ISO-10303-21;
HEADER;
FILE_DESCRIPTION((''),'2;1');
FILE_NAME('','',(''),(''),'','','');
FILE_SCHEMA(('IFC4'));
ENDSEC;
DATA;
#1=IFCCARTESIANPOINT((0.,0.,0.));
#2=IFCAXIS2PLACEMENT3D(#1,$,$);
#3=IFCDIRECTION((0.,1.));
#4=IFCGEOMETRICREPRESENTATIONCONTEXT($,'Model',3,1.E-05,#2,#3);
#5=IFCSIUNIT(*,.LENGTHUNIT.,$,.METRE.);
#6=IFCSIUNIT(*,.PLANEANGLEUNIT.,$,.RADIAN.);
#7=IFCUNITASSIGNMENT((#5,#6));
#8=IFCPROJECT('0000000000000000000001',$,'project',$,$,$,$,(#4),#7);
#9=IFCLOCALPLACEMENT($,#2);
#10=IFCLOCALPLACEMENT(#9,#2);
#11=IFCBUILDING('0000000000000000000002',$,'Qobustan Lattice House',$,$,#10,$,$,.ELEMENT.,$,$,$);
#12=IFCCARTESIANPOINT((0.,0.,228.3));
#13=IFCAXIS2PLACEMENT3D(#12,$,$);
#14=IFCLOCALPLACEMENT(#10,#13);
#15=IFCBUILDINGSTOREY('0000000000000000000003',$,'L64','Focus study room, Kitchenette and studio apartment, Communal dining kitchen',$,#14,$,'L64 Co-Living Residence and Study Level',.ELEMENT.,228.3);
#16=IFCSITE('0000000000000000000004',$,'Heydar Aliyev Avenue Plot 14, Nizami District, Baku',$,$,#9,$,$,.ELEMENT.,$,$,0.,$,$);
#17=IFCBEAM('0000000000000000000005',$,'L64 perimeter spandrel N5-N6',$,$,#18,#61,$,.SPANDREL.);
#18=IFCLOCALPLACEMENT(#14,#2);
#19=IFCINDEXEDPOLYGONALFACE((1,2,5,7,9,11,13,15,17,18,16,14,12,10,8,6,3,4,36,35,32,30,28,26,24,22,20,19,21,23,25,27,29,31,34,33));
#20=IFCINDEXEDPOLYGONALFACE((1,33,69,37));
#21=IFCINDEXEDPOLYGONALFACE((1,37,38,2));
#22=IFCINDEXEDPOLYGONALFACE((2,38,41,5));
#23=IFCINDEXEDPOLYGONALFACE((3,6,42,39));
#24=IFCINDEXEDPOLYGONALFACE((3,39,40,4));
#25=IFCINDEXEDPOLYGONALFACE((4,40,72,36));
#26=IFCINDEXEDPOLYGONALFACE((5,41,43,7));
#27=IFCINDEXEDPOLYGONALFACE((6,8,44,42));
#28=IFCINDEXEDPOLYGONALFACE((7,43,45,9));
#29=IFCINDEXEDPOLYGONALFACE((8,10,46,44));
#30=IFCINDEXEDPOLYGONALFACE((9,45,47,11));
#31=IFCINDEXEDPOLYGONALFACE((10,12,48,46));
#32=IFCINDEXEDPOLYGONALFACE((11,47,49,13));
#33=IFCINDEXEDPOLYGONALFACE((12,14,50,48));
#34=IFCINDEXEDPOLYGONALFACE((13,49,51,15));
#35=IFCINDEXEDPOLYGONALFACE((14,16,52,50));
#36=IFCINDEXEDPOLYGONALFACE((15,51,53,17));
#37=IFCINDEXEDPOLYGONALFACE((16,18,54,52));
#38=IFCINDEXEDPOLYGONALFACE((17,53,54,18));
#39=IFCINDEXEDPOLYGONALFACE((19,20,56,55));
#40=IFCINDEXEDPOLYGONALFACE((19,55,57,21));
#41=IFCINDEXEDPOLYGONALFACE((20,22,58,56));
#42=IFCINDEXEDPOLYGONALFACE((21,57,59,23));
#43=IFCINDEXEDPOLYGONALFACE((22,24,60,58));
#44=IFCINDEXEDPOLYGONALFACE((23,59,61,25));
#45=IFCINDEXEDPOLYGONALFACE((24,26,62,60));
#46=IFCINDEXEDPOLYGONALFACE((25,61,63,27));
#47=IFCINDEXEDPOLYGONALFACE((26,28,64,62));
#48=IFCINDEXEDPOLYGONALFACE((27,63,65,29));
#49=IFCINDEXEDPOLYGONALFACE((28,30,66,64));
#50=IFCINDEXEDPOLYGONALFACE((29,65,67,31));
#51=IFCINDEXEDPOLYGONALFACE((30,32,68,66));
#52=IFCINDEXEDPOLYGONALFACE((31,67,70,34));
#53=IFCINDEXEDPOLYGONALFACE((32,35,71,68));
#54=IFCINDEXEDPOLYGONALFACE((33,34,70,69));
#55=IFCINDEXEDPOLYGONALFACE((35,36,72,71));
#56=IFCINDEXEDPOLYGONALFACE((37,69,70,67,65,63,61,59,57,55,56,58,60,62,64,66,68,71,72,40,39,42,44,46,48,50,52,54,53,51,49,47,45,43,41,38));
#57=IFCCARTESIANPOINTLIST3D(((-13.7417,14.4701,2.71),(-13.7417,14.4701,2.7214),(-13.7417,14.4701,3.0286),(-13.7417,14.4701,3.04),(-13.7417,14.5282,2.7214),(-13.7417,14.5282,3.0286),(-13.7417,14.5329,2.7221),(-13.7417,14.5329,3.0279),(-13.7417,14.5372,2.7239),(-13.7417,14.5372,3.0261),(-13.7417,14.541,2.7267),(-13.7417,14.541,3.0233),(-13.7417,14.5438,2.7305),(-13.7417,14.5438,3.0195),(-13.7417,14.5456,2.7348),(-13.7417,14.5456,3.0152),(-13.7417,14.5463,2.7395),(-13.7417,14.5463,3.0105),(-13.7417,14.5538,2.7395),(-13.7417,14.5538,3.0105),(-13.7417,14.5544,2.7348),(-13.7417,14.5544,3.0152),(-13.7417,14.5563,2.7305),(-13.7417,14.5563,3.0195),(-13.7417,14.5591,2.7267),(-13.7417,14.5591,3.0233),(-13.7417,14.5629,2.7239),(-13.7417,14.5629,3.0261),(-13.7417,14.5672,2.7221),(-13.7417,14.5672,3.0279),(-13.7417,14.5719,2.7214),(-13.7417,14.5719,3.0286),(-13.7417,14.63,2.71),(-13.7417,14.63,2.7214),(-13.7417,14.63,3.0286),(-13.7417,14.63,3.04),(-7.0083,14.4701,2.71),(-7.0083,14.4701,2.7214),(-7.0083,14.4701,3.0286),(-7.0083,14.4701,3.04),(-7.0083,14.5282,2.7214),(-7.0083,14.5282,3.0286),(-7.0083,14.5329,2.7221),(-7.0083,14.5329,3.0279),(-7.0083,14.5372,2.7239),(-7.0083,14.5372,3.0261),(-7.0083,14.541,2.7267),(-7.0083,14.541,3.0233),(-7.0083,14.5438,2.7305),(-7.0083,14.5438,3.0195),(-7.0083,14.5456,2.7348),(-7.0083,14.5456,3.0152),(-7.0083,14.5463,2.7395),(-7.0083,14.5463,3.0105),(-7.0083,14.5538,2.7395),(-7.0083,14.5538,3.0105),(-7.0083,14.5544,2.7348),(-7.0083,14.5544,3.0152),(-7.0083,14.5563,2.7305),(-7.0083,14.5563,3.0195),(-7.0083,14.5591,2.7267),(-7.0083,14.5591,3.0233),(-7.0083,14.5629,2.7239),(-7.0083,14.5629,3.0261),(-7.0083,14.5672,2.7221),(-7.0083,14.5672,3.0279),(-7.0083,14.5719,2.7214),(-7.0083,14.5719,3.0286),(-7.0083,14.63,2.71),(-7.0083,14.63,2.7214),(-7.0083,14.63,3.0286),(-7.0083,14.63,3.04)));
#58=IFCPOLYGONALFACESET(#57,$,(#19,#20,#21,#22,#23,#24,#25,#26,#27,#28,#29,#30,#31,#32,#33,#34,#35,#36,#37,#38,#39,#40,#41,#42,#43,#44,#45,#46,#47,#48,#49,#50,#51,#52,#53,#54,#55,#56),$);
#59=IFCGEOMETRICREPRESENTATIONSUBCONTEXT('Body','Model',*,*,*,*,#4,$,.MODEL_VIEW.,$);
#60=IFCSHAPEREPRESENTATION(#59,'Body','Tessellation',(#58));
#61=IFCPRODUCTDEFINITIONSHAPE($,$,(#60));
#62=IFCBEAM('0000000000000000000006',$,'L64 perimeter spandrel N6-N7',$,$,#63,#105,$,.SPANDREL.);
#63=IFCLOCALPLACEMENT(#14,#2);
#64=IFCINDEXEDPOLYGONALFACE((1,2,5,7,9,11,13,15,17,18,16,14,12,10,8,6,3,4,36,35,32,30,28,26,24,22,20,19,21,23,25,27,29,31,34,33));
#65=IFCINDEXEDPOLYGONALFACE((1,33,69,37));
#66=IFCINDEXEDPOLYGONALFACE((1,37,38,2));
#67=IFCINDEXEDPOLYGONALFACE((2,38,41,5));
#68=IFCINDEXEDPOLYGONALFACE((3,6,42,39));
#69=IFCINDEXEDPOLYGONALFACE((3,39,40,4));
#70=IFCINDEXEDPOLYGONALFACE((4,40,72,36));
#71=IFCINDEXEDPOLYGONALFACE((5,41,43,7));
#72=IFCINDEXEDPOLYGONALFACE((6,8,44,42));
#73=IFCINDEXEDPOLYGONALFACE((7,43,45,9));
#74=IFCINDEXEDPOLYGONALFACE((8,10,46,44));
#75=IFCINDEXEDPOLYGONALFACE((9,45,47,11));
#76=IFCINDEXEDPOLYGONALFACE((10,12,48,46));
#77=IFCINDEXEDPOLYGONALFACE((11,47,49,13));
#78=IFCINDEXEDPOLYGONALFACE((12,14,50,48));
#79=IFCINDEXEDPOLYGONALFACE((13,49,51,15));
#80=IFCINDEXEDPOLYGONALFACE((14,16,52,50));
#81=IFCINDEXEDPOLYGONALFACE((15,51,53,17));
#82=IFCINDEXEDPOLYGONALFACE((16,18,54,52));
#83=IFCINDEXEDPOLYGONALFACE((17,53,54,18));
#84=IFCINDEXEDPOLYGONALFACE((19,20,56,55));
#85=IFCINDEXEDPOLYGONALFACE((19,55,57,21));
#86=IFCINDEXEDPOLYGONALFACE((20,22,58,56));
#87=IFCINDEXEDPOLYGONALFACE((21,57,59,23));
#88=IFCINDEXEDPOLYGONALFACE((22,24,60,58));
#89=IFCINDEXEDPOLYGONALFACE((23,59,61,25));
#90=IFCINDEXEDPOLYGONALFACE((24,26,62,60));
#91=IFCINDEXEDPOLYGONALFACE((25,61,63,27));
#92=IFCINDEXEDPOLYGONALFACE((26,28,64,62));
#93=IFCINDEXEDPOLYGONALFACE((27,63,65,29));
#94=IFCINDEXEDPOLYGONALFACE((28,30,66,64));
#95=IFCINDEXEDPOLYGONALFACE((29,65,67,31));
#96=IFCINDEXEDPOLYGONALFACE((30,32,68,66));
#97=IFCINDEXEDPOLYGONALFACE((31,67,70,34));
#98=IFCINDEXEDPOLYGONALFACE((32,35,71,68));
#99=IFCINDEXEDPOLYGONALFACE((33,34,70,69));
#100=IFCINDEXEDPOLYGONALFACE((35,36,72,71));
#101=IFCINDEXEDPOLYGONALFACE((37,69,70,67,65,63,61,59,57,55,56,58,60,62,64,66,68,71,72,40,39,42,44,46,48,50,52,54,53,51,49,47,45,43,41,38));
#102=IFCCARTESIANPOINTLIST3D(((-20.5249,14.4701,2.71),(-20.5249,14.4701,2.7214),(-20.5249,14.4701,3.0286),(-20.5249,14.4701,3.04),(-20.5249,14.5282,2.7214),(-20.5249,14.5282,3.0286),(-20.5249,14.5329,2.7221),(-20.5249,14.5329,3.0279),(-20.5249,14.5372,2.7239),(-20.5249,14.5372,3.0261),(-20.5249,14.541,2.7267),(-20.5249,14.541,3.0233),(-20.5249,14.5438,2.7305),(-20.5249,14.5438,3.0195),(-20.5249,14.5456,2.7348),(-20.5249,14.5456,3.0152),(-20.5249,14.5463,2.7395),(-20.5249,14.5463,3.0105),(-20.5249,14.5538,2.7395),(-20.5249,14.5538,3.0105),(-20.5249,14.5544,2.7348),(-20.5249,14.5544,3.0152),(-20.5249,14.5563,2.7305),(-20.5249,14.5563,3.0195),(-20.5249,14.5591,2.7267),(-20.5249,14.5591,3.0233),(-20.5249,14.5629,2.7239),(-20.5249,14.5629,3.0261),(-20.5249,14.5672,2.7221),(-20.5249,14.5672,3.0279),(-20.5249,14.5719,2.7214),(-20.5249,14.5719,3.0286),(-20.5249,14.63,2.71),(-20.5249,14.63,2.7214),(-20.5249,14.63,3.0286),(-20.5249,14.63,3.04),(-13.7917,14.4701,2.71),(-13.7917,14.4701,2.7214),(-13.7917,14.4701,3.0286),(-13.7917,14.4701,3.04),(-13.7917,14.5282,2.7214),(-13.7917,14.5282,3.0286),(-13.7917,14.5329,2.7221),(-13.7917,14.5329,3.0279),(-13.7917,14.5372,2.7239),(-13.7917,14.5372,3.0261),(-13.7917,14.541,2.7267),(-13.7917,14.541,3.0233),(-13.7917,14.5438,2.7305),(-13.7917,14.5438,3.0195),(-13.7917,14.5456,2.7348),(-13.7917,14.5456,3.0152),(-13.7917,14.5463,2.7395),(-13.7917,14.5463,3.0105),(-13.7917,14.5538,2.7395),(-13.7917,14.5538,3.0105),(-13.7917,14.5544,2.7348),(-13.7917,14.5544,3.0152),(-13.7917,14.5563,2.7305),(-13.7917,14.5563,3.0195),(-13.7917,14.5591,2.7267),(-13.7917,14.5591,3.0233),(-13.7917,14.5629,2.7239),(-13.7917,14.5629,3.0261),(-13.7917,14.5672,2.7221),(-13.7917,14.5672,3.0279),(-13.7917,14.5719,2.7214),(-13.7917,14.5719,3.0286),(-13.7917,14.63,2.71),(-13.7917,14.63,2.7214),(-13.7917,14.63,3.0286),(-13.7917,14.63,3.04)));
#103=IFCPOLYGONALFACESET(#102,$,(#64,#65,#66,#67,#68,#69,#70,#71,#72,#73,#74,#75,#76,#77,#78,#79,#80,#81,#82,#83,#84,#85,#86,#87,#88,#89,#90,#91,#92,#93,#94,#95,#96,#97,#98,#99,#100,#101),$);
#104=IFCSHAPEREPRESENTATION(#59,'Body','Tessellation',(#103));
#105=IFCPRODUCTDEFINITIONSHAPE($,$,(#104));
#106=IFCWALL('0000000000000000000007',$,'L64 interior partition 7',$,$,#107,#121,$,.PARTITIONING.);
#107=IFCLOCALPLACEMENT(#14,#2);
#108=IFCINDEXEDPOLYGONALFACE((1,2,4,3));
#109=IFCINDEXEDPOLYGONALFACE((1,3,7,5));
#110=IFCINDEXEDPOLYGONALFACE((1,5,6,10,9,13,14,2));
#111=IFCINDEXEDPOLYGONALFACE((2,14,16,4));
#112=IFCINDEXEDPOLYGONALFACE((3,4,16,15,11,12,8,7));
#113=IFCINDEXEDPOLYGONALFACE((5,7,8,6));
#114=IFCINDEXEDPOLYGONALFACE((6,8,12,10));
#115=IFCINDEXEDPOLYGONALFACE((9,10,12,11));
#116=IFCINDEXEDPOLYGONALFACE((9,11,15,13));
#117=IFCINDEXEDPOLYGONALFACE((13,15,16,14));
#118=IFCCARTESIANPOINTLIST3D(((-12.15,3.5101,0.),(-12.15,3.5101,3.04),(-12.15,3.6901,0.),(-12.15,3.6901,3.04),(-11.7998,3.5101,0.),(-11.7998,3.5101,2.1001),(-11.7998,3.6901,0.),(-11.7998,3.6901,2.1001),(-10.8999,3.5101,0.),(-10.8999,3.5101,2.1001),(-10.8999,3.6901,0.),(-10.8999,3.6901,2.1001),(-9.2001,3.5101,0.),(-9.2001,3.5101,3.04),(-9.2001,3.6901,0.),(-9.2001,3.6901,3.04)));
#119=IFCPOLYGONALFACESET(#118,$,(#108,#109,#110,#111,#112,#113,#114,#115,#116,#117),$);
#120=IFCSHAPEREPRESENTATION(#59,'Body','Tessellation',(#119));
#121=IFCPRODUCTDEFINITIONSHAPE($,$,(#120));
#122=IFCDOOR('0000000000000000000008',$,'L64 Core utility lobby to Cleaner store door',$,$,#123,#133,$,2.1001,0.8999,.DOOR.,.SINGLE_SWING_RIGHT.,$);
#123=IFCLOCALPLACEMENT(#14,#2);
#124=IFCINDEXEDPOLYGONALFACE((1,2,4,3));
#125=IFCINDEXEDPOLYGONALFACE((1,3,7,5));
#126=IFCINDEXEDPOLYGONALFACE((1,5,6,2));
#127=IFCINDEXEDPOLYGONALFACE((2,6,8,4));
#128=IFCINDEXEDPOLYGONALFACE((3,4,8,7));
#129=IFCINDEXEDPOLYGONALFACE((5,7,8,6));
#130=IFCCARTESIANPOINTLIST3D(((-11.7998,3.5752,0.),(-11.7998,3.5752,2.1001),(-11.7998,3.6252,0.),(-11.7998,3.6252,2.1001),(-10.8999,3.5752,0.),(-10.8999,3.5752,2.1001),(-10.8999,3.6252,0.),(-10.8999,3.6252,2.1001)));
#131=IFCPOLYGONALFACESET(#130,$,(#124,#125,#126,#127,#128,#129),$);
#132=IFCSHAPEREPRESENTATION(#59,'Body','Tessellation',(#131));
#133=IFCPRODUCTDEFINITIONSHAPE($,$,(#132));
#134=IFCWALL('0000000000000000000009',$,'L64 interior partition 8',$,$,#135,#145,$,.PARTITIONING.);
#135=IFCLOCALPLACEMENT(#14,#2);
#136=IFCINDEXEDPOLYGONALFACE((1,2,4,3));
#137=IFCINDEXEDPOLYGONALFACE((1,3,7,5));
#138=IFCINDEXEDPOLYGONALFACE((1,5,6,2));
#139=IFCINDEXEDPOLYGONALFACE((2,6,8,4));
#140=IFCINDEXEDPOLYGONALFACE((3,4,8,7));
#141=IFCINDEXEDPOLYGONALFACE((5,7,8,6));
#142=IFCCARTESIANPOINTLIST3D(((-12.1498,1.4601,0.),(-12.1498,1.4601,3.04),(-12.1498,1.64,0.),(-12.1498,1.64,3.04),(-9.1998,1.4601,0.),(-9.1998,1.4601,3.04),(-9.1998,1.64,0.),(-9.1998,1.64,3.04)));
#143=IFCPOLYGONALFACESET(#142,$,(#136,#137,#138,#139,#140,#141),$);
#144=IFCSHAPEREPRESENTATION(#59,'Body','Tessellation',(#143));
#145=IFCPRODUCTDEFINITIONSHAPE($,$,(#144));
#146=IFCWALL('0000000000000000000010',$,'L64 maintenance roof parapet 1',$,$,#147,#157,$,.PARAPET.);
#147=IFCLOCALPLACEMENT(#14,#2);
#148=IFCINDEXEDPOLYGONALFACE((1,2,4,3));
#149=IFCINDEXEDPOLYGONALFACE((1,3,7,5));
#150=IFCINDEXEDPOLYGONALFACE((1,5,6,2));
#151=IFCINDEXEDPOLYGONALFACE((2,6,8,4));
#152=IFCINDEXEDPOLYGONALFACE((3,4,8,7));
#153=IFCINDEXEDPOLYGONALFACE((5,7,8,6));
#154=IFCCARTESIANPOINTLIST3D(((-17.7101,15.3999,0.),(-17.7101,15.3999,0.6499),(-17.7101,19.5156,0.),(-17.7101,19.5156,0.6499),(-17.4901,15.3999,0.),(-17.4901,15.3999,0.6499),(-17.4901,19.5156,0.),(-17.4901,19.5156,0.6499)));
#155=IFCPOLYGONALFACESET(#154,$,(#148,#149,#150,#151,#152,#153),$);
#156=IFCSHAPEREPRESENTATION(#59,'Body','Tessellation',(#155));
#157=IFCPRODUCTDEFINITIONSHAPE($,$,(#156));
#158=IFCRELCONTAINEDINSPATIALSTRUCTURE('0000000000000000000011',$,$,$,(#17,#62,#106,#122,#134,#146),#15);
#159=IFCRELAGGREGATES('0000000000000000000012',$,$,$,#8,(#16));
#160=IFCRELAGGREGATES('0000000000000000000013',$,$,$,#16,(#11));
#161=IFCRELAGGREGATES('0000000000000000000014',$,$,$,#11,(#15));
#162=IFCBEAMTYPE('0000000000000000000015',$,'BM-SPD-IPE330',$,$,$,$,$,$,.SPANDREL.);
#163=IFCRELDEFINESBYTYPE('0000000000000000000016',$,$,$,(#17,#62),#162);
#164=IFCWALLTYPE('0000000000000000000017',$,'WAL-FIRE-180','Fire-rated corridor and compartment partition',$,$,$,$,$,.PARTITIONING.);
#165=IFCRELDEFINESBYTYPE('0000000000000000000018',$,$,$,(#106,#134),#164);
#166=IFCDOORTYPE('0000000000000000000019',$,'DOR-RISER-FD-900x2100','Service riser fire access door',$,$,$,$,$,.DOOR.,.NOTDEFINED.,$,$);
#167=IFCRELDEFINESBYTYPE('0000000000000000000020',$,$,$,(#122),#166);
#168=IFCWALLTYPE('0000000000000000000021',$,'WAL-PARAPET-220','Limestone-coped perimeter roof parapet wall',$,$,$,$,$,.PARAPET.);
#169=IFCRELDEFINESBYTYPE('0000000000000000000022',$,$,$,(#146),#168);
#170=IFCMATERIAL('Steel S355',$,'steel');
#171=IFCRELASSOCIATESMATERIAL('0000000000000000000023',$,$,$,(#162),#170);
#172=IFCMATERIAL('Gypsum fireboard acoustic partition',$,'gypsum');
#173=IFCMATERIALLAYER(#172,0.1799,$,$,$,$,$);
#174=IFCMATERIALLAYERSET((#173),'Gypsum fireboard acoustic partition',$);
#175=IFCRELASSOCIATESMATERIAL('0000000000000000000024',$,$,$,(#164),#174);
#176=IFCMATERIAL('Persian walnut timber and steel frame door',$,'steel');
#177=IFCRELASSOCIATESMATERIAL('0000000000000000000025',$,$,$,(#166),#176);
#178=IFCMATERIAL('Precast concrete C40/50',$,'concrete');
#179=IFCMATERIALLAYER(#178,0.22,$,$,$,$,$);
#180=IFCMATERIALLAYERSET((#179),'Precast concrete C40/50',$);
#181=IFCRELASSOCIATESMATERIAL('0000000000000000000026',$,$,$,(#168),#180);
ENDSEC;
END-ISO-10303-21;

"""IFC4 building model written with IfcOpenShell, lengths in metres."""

from ifc_helpers import new_model, si_unit, direction, frame, frame_2d, origin, origin_2d, place, context, subcontext, project, spatial, rectangle, i_section, extrude, material, layer, layer_set, material_profile, profile_set, type_object, element, fill, save


model = new_model("IFC4")

# Units and contexts
model_context = context("Model", 3, precision=1e-05, world=origin(), true_north=direction((0.0, 1.0)))
body_context = subcontext(model_context, "Body", "Model", "MODEL_VIEW")
ifc_project = project(units=[si_unit("LENGTHUNIT", "METRE"), si_unit("PLANEANGLEUNIT", "RADIAN")], contexts=[model_context])

# Site, building, storey
site_placement = place(None, origin())
site = spatial("IfcSite", under=ifc_project, at=site_placement, Name="Heydar Aliyev Avenue Plot 14, Nizami District, Baku", CompositionType="ELEMENT", RefElevation=0.0)
building_placement = place(site_placement, origin())
building = spatial("IfcBuilding", under=site, at=building_placement, Name="Qobustan Lattice House", CompositionType="ELEMENT")
storey_placement = place(building_placement, frame((0.0, 0.0, 228.3)))
storey = spatial("IfcBuildingStorey", under=building, at=storey_placement, Name="L64", Description="Focus study room, Kitchenette and studio apartment, Communal dining kitchen", LongName="L64 Co-Living Residence and Study Level", CompositionType="ELEMENT", Elevation=228.3)

# Beams
ifc_material_1 = material(Name="Steel S355", Category="steel")
ifc_material_profile_1 = material_profile(ifc_material_1, i_section(OverallWidth=0.1599, OverallDepth=0.3301, WebThickness=0.0076, FlangeThickness=0.0115, FilletRadius=0.0181, at=origin_2d()), Name="IPE330")
ifc_profile_set_1 = profile_set([ifc_material_profile_1], Name="Steel S355")
beam_type_1 = type_object("IfcBeamType", Name="BM-SPD-IPE330", PredefinedType="SPANDREL", material=ifc_profile_set_1)
beam_1_placement = place(storey_placement, frame((-7.0083, 14.55, 2.875), z_axis=(-1.0, 0.0, 0.0), x_axis=(0.0, -1.0, 0.0)))
element("IfcBeam", 1, at=beam_1_placement, inside=storey, type_object=beam_type_1, Name="L64 perimeter spandrel N5-N6", PredefinedType="SPANDREL", context=body_context, shape_type="SweptSolid", body=[
    extrude(i_section(OverallWidth=0.1599, OverallDepth=0.3301, WebThickness=0.0076, FlangeThickness=0.0115, FilletRadius=0.0181, at=origin_2d()), origin(), (0.0, 0.0, 1.0), 6.7334),
])
beam_2_placement = place(storey_placement, frame((-13.7917, 14.55, 2.875), z_axis=(-1.0, 0.0, 0.0), x_axis=(0.0, -1.0, 0.0)))
element("IfcBeam", 2, at=beam_2_placement, inside=storey, type_object=beam_type_1, Name="L64 perimeter spandrel N6-N7", PredefinedType="SPANDREL", context=body_context, shape_type="SweptSolid", body=[
    extrude(i_section(OverallWidth=0.1599, OverallDepth=0.3301, WebThickness=0.0076, FlangeThickness=0.0115, FilletRadius=0.0181, at=origin_2d()), origin(), (0.0, 0.0, 1.0), 6.7332),
])

# Wall, opening, door
ifc_material_2 = material(Name="Gypsum fireboard acoustic partition", Category="gypsum")
ifc_layer_1 = layer(ifc_material_2, 0.1799)
ifc_layer_set_1 = layer_set([ifc_layer_1], Name="Gypsum fireboard acoustic partition")
wall_type_1 = type_object("IfcWallType", Name="WAL-FIRE-180", Description="Fire-rated corridor and compartment partition", PredefinedType="PARTITIONING", material=ifc_layer_set_1)
wall_1_placement = place(storey_placement, frame((-9.2, 3.6001, 0.0), z_axis=(0.0, 0.0, 1.0), x_axis=(-1.0, 0.0, 0.0)))
wall_1 = element("IfcWall", 3, at=wall_1_placement, inside=storey, type_object=wall_type_1, Name="L64 interior partition 7", PredefinedType="PARTITIONING", context=body_context, shape_type="SweptSolid", body=[
    extrude(rectangle(XDim=2.95, YDim=0.1799, at=frame_2d((1.4751, 0.0))), origin(), (0.0, 0.0, 1.0), 3.04),
])
opening_1_placement = place(wall_1_placement, frame((1.7, 0.0, 0.0)))
opening_1 = element("IfcOpeningElement", 4, at=opening_1_placement, cuts=wall_1, PredefinedType="OPENING", context=body_context, shape_type="SweptSolid", body=[
    extrude(rectangle(XDim=0.8999, YDim=2.1001, at=frame_2d((0.45, 1.05))), frame((0.0, 0.0999, 0.0), z_axis=(0.0, -1.0, 0.0), x_axis=(1.0, 0.0, 0.0)), (0.0, 0.0, 1.0), 0.2),
])
ifc_material_3 = material(Name="Persian walnut timber and steel frame door", Category="steel")
door_type_1 = type_object("IfcDoorType", Name="DOR-RISER-FD-900x2100", Description="Service riser fire access door", OperationType="NOTDEFINED", PredefinedType="DOOR", material=ifc_material_3)
door_1_placement = place(opening_1_placement, origin())
door_1 = element("IfcDoor", 5, at=door_1_placement, inside=storey, type_object=door_type_1, Name="L64 Core utility lobby to Cleaner store door", OperationType="SINGLE_SWING_RIGHT", OverallHeight=2.1001, OverallWidth=0.8999, PredefinedType="DOOR", context=body_context, shape_type="SweptSolid", body=[
    extrude(rectangle(XDim=0.8999, YDim=2.1001, at=frame_2d((0.45, 1.05))), frame((0.0, 0.0249, 0.0), z_axis=(0.0, -1.0, 0.0), x_axis=(1.0, 0.0, 0.0)), (0.0, 0.0, 1.0), 0.05),
])
fill(opening_1, door_1)

# Walls
wall_2_placement = place(storey_placement, frame((-12.1499, 1.55, 0.0), z_axis=(0.0, 0.0, 1.0), x_axis=(1.0, 0.0, 0.0)))
element("IfcWall", 6, at=wall_2_placement, inside=storey, type_object=wall_type_1, Name="L64 interior partition 8", PredefinedType="PARTITIONING", context=body_context, shape_type="SweptSolid", body=[
    extrude(rectangle(XDim=2.95, YDim=0.1799, at=frame_2d((1.4751, 0.0))), origin(), (0.0, 0.0, 1.0), 3.04),
])
ifc_material_4 = material(Name="Precast concrete C40/50", Category="concrete")
ifc_layer_2 = layer(ifc_material_4, 0.22)
ifc_layer_set_2 = layer_set([ifc_layer_2], Name="Precast concrete C40/50")
wall_type_2 = type_object("IfcWallType", Name="WAL-PARAPET-220", Description="Limestone-coped perimeter roof parapet wall", PredefinedType="PARAPET", material=ifc_layer_set_2)
wall_3_placement = place(storey_placement, frame((-17.6001, 19.5156, 0.0), z_axis=(0.0, 0.0, 1.0), x_axis=(0.0, -1.0, 0.0)))
element("IfcWall", 7, at=wall_3_placement, inside=storey, type_object=wall_type_2, Name="L64 maintenance roof parapet 1", PredefinedType="PARAPET", context=body_context, shape_type="SweptSolid", body=[
    extrude(rectangle(XDim=4.1157, YDim=0.22, at=frame_2d((2.0579, 0.0))), origin(), (0.0, 0.0, 1.0), 0.6499),
])

save(model, "model.ifc")
